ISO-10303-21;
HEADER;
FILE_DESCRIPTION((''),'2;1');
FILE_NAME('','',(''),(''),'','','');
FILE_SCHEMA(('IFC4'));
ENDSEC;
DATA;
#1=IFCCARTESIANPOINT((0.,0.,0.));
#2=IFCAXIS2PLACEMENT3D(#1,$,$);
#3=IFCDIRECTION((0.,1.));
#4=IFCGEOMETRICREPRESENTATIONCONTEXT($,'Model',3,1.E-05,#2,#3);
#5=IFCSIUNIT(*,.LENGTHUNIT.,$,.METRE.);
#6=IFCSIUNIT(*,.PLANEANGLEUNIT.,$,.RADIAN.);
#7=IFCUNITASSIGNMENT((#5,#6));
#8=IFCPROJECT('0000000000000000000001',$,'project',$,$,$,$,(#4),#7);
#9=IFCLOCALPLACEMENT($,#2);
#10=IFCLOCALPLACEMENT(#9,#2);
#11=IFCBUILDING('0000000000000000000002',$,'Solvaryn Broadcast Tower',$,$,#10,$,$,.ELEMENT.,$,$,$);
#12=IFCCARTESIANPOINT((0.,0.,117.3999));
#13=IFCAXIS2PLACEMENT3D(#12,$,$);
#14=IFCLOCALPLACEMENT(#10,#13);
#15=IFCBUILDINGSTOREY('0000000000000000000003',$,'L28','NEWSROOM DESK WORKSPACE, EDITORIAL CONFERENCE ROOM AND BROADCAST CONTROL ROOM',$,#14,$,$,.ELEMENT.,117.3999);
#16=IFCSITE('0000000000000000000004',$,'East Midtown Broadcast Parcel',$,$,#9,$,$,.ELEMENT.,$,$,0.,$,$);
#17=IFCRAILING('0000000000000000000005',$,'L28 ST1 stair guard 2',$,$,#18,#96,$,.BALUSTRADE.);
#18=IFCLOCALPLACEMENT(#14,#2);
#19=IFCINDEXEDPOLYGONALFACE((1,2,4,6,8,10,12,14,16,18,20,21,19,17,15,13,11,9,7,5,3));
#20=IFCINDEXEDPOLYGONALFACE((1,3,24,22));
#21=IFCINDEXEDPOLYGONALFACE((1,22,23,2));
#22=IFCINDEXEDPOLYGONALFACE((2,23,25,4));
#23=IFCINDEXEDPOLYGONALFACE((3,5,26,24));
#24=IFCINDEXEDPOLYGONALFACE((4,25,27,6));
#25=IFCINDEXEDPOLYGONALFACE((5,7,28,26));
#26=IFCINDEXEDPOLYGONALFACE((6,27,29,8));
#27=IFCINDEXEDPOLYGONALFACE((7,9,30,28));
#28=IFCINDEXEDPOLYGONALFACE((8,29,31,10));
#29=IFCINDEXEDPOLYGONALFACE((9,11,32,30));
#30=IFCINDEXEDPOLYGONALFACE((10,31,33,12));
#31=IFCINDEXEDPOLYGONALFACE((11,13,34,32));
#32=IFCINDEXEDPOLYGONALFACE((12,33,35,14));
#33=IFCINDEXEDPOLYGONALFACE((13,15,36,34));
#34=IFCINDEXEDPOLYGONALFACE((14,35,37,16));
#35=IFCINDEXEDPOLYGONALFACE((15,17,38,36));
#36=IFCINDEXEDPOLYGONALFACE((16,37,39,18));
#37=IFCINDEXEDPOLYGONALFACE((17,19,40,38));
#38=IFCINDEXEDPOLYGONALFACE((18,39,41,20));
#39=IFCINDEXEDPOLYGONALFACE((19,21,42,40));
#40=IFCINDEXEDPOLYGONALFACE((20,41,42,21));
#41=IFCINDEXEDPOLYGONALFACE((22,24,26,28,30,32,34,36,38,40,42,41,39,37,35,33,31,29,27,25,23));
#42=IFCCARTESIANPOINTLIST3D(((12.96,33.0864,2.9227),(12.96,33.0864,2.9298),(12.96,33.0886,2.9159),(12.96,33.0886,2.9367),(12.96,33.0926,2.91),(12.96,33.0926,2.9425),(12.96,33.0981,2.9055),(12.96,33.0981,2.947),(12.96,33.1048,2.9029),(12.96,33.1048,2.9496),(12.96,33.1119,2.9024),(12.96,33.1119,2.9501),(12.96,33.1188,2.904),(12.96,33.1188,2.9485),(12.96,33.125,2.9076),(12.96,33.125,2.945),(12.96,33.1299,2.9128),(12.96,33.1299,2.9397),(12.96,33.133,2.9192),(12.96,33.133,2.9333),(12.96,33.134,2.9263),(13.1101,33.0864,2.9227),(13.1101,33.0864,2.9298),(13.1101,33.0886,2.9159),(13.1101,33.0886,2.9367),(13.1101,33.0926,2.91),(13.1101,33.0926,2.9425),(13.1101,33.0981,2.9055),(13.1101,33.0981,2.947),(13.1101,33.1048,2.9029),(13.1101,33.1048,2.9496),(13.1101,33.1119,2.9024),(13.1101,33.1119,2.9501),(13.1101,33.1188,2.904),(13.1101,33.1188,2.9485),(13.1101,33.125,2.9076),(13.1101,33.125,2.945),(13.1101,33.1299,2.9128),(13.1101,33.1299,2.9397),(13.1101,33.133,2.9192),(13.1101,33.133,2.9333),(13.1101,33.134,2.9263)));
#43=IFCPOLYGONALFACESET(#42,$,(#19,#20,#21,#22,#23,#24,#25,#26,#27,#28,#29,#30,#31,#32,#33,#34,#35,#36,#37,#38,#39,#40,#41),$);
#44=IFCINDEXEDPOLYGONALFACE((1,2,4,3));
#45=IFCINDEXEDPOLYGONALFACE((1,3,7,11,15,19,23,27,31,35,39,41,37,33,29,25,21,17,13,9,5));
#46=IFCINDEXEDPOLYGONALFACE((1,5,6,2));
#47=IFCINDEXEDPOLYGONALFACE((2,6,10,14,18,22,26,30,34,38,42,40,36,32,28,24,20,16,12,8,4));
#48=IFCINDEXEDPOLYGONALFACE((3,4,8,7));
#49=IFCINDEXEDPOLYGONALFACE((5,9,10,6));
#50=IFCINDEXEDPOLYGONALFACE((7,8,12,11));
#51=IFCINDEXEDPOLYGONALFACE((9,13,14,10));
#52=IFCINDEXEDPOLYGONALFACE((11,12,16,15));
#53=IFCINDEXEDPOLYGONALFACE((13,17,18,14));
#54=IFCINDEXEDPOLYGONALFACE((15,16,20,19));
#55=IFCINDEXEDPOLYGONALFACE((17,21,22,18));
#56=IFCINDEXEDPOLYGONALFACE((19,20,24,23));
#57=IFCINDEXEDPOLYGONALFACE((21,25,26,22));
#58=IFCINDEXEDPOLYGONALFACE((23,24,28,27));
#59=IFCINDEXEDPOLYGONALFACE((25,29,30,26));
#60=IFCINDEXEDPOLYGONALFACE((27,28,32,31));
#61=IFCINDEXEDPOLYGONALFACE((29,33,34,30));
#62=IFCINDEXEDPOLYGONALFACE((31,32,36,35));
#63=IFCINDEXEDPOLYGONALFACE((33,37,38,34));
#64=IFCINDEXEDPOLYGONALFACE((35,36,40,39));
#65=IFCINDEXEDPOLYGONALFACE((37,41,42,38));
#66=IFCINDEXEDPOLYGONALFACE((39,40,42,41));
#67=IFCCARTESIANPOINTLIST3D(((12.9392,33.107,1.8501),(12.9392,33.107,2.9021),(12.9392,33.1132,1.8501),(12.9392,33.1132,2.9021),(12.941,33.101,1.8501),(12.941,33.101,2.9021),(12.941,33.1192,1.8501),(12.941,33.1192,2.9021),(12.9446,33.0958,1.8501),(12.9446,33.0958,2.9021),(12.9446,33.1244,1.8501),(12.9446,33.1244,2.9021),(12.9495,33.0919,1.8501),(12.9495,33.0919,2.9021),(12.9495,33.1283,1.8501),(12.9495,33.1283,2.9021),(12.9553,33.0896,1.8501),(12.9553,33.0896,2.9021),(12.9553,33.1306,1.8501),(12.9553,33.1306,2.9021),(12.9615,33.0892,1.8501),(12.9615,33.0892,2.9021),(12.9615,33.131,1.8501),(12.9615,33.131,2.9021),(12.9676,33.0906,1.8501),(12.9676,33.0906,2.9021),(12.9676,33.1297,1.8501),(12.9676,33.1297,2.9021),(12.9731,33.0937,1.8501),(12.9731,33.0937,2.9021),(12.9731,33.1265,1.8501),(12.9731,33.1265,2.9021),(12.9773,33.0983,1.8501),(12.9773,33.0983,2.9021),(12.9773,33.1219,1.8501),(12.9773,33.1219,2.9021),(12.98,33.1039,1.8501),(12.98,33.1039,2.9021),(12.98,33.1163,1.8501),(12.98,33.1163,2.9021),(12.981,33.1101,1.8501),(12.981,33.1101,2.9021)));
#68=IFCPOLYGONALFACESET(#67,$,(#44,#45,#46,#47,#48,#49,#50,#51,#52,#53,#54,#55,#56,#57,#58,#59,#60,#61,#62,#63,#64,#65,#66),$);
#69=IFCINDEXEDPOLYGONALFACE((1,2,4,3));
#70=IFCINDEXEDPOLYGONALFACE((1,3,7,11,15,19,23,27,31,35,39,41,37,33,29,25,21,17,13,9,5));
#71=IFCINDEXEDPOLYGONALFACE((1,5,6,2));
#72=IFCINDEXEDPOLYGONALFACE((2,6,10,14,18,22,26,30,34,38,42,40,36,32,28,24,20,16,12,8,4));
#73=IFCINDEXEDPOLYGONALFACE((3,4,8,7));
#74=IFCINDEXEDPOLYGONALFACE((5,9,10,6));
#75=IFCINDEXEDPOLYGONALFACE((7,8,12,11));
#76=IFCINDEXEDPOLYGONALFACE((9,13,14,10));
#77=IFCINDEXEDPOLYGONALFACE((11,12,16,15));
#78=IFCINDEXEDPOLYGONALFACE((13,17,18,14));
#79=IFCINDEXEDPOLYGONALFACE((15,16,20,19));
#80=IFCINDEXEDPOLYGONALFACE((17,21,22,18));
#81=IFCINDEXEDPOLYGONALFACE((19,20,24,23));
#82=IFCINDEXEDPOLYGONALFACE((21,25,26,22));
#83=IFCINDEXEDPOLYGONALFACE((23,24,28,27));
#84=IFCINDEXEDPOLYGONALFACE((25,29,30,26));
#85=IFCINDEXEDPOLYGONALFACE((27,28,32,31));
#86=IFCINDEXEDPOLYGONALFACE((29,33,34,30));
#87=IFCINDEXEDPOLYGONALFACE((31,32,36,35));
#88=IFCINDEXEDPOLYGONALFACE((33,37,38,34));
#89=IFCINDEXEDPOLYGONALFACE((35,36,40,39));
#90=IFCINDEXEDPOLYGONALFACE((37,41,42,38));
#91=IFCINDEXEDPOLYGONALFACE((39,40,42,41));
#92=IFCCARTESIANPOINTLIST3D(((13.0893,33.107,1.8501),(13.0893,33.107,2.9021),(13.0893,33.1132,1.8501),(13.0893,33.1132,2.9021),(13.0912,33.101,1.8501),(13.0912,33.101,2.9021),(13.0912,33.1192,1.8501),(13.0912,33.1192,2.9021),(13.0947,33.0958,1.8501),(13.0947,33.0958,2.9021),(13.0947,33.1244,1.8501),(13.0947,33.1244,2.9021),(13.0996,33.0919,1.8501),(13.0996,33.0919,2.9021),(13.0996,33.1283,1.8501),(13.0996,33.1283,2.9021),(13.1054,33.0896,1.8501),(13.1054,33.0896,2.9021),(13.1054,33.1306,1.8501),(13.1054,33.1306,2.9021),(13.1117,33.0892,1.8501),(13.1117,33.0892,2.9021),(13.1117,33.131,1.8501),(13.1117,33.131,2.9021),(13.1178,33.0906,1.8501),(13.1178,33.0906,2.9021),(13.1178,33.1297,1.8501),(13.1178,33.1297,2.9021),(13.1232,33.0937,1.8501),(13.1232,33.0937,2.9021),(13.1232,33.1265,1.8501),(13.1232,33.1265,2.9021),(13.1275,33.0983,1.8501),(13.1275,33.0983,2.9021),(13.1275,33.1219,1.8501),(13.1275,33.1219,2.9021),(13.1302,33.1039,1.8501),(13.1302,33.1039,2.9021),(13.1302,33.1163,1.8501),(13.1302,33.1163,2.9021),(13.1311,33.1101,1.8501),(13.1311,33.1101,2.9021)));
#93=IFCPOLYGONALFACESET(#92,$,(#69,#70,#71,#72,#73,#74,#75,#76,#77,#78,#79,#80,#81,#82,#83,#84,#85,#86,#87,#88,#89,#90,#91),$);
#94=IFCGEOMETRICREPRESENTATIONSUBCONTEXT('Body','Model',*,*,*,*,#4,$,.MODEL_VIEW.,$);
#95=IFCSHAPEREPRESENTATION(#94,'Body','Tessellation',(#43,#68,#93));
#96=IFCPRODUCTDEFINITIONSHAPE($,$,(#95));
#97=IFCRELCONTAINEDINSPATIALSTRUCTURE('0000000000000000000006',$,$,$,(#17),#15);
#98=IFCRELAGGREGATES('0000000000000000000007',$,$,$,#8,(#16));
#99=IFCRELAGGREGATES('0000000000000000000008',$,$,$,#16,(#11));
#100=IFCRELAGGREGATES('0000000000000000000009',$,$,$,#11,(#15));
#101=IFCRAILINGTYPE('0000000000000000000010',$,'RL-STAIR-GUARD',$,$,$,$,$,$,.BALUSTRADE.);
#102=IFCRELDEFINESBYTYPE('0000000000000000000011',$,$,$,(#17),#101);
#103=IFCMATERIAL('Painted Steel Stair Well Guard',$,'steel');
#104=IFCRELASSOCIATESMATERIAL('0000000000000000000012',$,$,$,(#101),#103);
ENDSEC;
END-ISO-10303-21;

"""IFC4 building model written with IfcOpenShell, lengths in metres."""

from ifc_helpers import new_model, si_unit, direction, frame, origin, origin_2d, place, context, subcontext, project, spatial, circle, extrude, material, type_object, element, save


model = new_model("IFC4")

# Units and contexts
model_context = context("Model", 3, precision=1e-05, world=origin(), true_north=direction((0.0, 1.0)))
body_context = subcontext(model_context, "Body", "Model", "MODEL_VIEW")
ifc_project = project(units=[si_unit("LENGTHUNIT", "METRE"), si_unit("PLANEANGLEUNIT", "RADIAN")], contexts=[model_context])

# Site, building, storey
site_placement = place(None, origin())
site = spatial("IfcSite", under=ifc_project, at=site_placement, Name="East Midtown Broadcast Parcel", CompositionType="ELEMENT", RefElevation=0.0)
building_placement = place(site_placement, origin())
building = spatial("IfcBuilding", under=site, at=building_placement, Name="Solvaryn Broadcast Tower", CompositionType="ELEMENT")
storey_placement = place(building_placement, frame((0.0, 0.0, 117.3999)))
storey = spatial("IfcBuildingStorey", under=building, at=storey_placement, Name="L28", Description="NEWSROOM DESK WORKSPACE, EDITORIAL CONFERENCE ROOM AND BROADCAST CONTROL ROOM", CompositionType="ELEMENT", Elevation=117.3999)

# Railing
ifc_material_1 = material(Name="Painted Steel Stair Well Guard", Category="steel")
railing_type_1 = type_object("IfcRailingType", Name="RL-STAIR-GUARD", PredefinedType="BALUSTRADE", material=ifc_material_1)
railing_1_placement = place(storey_placement, frame((12.96, 33.1101, 1.8501)))
element("IfcRailing", 1, at=railing_1_placement, inside=storey, type_object=railing_type_1, Name="L28 ST1 stair guard 2", PredefinedType="BALUSTRADE", context=body_context, shape_type="SweptSolid", body=[
    extrude(circle(Radius=0.0239, at=origin_2d()), frame((0.0, 0.0, 1.0762), z_axis=(1.0, 0.0, 0.0), x_axis=(0.0, 1.0, 0.0)), (0.0, 0.0, 1.0), 0.1501),
    extrude(circle(Radius=0.021, at=origin_2d()), origin(), (0.0, 0.0, 1.0), 1.052),
    extrude(circle(Radius=0.021, at=origin_2d()), frame((0.1501, 0.0, 0.0)), (0.0, 0.0, 1.0), 1.052),
])

save(model, "model.ifc")
